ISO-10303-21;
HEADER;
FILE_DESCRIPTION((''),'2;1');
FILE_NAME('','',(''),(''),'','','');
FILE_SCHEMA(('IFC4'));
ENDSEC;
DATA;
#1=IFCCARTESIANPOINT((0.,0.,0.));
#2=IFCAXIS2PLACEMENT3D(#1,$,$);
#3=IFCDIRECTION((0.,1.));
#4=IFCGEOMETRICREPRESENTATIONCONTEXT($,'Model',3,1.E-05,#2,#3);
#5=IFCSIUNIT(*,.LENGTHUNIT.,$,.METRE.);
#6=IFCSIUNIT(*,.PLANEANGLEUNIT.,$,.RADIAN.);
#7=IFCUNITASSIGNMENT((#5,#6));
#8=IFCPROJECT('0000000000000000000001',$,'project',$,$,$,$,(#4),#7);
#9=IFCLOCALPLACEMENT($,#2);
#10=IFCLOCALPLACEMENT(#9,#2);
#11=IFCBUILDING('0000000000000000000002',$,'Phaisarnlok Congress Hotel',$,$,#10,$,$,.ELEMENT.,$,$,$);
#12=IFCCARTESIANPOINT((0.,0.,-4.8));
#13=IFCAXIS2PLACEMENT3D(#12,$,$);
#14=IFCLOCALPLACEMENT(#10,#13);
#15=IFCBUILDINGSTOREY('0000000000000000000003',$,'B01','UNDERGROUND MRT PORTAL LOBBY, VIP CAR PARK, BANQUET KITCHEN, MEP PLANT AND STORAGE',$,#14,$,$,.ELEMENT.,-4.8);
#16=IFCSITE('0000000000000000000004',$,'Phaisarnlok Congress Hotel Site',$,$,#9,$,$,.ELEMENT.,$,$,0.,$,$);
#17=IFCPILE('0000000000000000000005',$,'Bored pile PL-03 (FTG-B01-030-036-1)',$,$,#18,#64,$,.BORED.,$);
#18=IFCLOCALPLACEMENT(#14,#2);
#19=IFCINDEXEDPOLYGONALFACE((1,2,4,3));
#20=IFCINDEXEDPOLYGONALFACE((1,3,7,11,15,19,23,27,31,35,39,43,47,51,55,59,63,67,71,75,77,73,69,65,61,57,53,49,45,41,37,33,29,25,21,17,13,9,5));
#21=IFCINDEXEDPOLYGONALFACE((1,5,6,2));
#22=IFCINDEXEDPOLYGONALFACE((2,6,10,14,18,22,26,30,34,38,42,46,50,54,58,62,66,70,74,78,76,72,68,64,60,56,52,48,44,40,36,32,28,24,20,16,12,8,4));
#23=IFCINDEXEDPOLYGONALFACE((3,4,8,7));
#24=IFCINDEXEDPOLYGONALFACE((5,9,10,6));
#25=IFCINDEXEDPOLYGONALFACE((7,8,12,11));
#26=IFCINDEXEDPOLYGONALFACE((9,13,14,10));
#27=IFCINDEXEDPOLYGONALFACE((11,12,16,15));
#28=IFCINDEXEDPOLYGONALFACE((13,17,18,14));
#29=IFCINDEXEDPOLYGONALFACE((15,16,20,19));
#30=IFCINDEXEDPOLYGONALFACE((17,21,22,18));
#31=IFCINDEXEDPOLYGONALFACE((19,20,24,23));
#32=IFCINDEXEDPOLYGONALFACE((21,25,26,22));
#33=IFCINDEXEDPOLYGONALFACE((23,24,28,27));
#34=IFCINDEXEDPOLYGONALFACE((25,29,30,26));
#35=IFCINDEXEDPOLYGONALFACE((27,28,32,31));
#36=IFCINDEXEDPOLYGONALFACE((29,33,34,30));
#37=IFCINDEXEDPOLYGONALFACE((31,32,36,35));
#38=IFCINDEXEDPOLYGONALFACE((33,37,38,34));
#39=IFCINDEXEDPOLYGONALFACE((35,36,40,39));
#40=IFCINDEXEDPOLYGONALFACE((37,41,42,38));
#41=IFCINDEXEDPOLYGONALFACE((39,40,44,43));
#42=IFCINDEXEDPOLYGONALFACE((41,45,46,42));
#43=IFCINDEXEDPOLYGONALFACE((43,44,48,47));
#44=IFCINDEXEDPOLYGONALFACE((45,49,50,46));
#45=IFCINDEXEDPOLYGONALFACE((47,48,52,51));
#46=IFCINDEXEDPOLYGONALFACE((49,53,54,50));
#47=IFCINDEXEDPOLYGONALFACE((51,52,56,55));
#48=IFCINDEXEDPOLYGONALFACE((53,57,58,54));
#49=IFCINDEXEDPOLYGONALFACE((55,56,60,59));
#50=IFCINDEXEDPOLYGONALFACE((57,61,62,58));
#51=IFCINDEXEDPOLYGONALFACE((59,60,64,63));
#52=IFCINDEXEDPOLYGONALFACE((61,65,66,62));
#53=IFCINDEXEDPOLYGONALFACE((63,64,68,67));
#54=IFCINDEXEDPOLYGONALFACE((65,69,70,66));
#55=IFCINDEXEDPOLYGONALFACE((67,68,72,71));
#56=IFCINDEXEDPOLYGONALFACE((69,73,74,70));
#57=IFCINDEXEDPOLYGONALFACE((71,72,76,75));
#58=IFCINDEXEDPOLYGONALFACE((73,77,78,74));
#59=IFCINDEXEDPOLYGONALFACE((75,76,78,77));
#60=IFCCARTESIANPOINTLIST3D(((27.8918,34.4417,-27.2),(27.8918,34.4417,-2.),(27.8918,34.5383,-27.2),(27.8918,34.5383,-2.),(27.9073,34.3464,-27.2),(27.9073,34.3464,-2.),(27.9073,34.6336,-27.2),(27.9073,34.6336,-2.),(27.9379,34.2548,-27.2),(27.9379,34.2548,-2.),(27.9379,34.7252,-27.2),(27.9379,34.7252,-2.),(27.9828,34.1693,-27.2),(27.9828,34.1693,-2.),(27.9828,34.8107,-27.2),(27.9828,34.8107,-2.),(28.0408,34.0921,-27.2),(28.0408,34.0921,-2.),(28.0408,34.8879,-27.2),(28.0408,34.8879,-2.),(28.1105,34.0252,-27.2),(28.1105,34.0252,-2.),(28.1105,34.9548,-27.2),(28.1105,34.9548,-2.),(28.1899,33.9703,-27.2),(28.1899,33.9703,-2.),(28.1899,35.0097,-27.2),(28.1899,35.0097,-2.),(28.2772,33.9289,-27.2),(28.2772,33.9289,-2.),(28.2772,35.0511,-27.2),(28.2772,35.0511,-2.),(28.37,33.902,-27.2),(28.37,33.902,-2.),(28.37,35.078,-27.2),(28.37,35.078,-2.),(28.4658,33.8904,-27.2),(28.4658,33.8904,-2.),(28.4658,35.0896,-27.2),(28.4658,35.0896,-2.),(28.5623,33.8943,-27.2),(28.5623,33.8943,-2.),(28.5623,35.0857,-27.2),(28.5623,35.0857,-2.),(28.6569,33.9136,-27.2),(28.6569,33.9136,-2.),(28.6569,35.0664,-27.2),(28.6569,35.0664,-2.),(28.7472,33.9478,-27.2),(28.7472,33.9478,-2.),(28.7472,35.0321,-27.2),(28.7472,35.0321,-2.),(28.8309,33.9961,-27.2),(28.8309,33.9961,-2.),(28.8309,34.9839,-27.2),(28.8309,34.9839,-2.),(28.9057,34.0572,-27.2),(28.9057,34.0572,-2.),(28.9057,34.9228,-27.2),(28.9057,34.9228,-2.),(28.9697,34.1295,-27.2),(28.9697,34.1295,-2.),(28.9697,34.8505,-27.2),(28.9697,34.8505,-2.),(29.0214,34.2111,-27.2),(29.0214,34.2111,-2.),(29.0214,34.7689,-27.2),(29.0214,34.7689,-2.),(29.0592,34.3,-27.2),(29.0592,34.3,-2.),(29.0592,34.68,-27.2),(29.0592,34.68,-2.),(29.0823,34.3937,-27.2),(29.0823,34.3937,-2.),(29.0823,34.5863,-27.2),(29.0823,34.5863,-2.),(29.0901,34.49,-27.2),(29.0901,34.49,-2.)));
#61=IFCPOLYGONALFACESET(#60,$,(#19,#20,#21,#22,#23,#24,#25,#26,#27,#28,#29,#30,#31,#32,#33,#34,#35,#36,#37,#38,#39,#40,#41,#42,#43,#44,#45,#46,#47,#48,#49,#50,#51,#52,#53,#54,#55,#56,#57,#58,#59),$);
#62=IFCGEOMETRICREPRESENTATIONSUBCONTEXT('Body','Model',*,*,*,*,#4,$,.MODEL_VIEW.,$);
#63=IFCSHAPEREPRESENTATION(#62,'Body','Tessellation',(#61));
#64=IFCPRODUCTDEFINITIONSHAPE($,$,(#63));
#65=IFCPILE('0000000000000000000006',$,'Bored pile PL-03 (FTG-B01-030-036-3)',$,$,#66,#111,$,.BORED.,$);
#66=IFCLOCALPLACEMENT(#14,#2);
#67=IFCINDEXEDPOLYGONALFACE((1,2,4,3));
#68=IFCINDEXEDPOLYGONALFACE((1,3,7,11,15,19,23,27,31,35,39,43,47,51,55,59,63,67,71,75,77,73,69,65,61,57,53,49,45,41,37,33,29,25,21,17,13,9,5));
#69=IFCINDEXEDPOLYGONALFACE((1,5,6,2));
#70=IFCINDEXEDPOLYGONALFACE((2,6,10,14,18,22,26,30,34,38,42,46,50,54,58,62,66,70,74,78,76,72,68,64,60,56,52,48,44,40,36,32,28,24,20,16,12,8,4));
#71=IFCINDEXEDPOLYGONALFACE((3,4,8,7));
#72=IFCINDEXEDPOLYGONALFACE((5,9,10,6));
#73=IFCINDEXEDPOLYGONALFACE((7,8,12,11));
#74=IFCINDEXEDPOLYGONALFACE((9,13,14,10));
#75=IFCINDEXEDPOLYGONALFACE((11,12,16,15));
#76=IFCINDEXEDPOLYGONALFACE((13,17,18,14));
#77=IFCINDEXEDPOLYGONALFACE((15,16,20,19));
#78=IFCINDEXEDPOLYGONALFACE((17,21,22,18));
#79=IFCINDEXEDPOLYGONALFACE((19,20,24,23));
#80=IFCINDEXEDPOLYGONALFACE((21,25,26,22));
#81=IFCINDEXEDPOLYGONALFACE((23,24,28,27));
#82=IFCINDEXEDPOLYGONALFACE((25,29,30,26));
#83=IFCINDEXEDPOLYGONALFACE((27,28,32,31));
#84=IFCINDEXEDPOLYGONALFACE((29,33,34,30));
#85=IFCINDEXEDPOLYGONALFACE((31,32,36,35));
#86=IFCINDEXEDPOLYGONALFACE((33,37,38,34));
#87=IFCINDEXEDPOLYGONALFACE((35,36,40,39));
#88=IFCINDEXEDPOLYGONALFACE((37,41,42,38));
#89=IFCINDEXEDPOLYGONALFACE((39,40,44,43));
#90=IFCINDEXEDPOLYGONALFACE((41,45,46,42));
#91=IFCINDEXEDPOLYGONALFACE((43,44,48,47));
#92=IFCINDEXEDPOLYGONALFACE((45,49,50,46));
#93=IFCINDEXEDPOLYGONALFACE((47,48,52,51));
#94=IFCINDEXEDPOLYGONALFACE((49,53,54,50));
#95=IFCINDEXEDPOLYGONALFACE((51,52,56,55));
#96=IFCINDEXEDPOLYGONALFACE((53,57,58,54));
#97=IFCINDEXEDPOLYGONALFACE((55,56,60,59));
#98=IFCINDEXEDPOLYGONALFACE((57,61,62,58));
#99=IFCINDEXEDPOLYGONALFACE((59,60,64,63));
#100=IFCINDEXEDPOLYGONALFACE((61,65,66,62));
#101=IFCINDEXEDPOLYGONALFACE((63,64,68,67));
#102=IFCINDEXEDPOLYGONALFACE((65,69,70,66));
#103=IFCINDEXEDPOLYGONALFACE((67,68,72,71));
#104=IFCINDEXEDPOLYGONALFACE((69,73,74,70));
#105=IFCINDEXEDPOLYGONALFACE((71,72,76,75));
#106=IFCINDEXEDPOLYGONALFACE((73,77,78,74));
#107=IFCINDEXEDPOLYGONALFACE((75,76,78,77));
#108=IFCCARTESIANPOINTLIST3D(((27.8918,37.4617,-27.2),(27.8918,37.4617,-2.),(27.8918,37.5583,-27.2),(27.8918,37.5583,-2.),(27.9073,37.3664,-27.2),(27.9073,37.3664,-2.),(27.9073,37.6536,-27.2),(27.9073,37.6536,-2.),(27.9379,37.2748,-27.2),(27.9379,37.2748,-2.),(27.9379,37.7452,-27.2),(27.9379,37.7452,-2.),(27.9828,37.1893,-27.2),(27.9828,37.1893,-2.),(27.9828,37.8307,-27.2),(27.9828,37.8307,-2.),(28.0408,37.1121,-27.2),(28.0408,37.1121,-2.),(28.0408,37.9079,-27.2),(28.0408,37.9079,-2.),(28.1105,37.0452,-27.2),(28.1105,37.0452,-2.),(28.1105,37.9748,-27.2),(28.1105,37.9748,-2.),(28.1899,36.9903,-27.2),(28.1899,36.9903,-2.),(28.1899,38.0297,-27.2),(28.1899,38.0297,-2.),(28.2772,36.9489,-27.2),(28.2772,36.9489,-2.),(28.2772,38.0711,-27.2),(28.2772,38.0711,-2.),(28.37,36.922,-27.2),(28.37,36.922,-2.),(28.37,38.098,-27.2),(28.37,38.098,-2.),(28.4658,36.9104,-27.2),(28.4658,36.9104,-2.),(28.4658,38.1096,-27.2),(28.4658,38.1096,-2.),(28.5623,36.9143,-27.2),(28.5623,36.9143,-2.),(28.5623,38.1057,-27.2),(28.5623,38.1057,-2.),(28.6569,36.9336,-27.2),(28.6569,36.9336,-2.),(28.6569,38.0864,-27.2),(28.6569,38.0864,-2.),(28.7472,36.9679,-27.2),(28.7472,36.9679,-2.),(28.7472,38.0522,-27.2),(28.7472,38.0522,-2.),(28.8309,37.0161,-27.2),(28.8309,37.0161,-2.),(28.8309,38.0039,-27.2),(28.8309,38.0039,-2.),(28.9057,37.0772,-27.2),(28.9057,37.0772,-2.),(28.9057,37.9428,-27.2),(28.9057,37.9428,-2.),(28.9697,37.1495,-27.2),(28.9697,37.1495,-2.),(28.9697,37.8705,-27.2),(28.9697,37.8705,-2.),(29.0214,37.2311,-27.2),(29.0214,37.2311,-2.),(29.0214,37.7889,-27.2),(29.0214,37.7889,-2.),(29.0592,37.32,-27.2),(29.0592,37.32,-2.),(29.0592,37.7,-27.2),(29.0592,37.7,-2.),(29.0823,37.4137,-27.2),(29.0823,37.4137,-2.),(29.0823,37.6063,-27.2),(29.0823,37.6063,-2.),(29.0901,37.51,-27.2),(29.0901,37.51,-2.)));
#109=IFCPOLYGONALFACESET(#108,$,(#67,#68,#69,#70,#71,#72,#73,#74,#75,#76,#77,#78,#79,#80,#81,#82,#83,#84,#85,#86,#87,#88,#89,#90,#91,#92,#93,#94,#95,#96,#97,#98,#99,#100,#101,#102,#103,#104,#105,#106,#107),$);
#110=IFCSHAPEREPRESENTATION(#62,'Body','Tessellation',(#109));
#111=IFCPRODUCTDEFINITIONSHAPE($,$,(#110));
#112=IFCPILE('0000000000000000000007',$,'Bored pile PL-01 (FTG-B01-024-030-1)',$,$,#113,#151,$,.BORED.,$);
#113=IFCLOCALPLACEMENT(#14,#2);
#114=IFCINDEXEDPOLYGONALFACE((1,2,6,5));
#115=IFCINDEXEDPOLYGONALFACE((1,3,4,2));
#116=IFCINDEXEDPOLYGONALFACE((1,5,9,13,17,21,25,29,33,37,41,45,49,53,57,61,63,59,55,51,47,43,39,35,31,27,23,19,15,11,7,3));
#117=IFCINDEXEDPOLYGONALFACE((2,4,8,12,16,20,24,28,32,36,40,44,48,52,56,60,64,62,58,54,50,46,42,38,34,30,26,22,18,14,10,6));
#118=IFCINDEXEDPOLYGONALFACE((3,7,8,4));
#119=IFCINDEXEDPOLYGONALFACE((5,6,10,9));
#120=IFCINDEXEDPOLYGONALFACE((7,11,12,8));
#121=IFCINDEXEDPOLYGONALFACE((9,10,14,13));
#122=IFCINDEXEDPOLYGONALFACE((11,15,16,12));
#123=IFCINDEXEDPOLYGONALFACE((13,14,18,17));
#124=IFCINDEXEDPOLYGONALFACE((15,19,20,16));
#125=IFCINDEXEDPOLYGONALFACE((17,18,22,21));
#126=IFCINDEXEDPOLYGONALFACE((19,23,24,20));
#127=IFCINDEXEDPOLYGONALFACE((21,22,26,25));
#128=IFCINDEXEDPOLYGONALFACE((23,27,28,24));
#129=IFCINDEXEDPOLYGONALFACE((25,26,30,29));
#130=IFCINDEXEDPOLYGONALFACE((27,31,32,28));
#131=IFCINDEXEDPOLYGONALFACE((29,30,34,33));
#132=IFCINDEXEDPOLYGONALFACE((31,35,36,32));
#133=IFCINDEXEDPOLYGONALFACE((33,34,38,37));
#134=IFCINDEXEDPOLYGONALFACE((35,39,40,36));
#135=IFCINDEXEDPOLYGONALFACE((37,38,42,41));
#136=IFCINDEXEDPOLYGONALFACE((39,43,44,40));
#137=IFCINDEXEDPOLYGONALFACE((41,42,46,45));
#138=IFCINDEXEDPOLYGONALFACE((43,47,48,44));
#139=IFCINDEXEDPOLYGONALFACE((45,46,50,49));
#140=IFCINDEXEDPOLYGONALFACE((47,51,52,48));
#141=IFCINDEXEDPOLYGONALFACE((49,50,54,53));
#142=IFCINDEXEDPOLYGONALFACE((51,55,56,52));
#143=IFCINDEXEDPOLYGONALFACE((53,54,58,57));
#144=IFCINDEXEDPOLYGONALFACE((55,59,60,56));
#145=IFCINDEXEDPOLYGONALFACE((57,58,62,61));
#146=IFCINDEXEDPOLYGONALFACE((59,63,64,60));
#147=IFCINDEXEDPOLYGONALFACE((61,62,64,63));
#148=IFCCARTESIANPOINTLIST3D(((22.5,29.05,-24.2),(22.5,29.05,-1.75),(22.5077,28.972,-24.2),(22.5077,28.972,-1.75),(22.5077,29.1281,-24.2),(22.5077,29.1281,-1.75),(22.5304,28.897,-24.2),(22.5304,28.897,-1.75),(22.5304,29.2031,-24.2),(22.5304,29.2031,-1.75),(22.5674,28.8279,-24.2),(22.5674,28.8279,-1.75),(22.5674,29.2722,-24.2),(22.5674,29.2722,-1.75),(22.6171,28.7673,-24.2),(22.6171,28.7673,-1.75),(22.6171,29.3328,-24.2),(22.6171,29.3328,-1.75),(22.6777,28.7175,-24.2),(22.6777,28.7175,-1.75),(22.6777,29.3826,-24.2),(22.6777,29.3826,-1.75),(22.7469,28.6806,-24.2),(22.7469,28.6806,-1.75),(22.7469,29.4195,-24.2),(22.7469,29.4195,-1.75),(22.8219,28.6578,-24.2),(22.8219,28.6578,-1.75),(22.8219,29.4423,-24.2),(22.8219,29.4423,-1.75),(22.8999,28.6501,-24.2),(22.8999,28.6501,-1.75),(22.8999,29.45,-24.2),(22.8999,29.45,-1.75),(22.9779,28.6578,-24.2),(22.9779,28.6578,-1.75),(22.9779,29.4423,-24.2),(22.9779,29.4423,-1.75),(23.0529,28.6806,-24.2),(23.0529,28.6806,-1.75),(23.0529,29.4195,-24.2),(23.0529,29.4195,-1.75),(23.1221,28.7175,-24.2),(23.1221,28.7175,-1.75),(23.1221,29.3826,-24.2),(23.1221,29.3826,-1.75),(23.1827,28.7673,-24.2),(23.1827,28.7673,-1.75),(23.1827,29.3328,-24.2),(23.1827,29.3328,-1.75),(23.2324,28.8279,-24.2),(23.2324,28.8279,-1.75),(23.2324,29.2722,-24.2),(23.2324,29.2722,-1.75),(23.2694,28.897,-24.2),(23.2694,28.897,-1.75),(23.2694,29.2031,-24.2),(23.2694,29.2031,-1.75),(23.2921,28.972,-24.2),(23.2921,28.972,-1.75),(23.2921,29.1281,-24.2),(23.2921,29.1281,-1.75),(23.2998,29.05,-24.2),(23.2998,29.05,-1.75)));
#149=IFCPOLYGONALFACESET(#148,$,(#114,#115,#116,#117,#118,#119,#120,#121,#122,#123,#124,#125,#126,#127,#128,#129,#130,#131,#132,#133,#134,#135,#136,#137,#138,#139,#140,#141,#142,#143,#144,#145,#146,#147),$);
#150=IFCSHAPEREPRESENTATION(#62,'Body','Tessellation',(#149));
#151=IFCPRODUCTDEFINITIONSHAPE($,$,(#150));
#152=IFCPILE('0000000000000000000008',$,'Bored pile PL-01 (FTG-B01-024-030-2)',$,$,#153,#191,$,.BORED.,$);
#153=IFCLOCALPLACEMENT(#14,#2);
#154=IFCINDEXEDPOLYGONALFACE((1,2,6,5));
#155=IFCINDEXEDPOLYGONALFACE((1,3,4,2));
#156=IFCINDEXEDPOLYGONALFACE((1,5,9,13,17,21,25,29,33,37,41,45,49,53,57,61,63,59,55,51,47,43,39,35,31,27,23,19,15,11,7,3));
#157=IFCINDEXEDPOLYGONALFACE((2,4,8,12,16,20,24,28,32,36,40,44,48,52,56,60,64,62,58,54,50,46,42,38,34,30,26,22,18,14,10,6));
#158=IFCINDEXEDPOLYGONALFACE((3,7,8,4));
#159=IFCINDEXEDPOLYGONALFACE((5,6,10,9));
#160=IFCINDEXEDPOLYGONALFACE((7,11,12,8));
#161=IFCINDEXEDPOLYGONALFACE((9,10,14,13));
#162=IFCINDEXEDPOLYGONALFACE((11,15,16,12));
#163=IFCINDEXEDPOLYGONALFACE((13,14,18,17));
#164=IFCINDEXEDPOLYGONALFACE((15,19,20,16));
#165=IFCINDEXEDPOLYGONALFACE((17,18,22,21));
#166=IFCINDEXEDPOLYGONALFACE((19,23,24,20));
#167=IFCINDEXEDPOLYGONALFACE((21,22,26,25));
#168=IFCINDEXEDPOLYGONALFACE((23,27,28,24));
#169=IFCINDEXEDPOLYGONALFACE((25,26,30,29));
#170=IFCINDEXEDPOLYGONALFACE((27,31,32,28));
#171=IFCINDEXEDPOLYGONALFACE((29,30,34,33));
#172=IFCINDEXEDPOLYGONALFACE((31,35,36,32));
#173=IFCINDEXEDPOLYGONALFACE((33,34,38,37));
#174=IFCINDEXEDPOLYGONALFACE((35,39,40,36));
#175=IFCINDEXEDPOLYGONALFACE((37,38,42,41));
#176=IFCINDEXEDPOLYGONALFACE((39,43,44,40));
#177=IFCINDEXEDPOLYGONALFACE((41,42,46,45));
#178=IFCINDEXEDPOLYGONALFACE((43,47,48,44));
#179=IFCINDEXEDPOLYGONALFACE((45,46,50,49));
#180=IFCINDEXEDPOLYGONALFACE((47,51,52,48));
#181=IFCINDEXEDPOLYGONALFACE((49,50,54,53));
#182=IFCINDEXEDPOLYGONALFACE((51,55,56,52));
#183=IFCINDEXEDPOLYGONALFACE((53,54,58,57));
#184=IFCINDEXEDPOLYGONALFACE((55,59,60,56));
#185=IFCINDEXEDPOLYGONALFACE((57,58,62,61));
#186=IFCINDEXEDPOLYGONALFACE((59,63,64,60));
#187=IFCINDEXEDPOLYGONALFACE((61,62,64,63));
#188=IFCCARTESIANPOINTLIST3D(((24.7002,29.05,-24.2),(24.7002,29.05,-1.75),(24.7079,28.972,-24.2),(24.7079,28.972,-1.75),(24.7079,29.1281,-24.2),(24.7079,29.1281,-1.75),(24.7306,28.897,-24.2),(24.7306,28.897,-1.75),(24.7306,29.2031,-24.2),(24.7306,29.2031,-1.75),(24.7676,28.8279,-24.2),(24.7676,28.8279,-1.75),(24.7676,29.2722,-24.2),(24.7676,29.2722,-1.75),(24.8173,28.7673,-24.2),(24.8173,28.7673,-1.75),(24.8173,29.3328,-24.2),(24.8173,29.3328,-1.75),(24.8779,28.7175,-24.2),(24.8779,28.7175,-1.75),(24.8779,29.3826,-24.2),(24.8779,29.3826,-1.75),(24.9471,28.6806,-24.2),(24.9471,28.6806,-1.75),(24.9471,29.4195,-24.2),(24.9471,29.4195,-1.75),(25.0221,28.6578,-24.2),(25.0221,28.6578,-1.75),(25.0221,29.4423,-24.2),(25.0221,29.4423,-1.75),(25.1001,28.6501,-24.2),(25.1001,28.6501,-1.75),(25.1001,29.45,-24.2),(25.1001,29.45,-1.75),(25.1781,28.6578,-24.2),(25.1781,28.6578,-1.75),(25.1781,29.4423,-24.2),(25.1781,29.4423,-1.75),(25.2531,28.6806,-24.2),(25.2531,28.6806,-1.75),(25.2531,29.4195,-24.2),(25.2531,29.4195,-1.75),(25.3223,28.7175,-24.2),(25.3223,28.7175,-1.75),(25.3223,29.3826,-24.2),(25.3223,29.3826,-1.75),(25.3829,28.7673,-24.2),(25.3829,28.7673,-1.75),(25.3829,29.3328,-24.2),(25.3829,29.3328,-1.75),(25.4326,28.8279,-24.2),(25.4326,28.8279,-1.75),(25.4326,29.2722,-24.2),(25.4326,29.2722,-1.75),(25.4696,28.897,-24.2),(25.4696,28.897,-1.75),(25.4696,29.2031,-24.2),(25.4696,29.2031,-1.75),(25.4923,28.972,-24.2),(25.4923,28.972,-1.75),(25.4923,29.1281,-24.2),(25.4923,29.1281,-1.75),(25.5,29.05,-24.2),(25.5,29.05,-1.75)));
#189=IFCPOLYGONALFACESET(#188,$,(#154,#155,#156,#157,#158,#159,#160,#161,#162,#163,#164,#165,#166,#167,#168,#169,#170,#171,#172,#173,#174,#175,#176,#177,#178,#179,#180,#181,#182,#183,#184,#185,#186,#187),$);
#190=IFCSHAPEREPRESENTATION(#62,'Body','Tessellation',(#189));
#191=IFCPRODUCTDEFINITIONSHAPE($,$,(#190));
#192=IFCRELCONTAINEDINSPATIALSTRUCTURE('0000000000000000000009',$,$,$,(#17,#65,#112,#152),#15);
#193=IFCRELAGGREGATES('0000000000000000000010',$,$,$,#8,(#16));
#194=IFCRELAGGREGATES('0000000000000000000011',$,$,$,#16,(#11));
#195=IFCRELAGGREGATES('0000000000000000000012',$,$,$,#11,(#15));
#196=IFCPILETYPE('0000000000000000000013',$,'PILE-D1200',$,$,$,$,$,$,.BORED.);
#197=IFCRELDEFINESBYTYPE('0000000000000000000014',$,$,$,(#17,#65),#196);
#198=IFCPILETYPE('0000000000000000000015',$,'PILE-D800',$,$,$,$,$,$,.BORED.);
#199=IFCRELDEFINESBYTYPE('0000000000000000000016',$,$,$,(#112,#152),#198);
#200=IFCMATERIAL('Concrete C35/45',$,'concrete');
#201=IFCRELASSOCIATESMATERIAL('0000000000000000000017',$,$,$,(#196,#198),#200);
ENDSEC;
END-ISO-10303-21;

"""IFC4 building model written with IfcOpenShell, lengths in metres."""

from ifc_helpers import new_model, si_unit, direction, frame, origin, origin_2d, place, context, subcontext, project, spatial, circle, extrude, material, material_profile, profile_set, type_object, element, save


model = new_model("IFC4")

# Units and contexts
model_context = context("Model", 3, precision=1e-05, world=origin(), true_north=direction((0.0, 1.0)))
body_context = subcontext(model_context, "Body", "Model", "MODEL_VIEW")
ifc_project = project(units=[si_unit("LENGTHUNIT", "METRE"), si_unit("PLANEANGLEUNIT", "RADIAN")], contexts=[model_context])

# Site, building, storey
site_placement = place(None, origin())
site = spatial("IfcSite", under=ifc_project, at=site_placement, Name="Phaisarnlok Congress Hotel Site", CompositionType="ELEMENT", RefElevation=0.0)
building_placement = place(site_placement, origin())
building = spatial("IfcBuilding", under=site, at=building_placement, Name="Phaisarnlok Congress Hotel", CompositionType="ELEMENT")
storey_placement = place(building_placement, frame((0.0, 0.0, -4.8)))
storey = spatial("IfcBuildingStorey", under=building, at=storey_placement, Name="B01", Description="UNDERGROUND MRT PORTAL LOBBY, VIP CAR PARK, BANQUET KITCHEN, MEP PLANT AND STORAGE", CompositionType="ELEMENT", Elevation=-4.8)

# Piles
ifc_material_1 = material(Name="Concrete C35/45", Category="concrete")
ifc_material_profile_1 = material_profile(ifc_material_1, circle(Radius=0.6001, at=origin_2d()), Name="BORED PILE D1200")
ifc_profile_set_1 = profile_set([ifc_material_profile_1], Name="Concrete C35/45")
pile_type_1 = type_object("IfcPileType", Name="PILE-D1200", PredefinedType="BORED", material=ifc_profile_set_1)
for number, where, z_axis, x_axis, name in (
    (1, (28.49, 34.49, -2.0), (0.0, 0.0, -1.0), (1.0, 0.0, 0.0), "Bored pile PL-03 (FTG-B01-030-036-1)"),
    (2, (28.49, 37.51, -2.0), (0.0, 0.0, -1.0), (1.0, 0.0, 0.0), "Bored pile PL-03 (FTG-B01-030-036-3)"),
):
    element("IfcPile", number, at=place(storey_placement, frame(where, z_axis=z_axis, x_axis=x_axis)), inside=storey, type_object=pile_type_1, Name=name, PredefinedType="BORED", context=body_context, shape_type="SweptSolid", body=[
        extrude(circle(Radius=0.6001, at=origin_2d()), origin(), (0.0, 0.0, 1.0), 25.2),
    ])
ifc_material_profile_2 = material_profile(ifc_material_1, circle(Radius=0.3999, at=origin_2d()), Name="BORED PILE D800")
ifc_profile_set_2 = profile_set([ifc_material_profile_2], Name="Concrete C35/45")
pile_type_2 = type_object("IfcPileType", Name="PILE-D800", PredefinedType="BORED", material=ifc_profile_set_2)
for number, where, z_axis, x_axis, name in (
    (3, (22.8999, 29.05, -1.75), (0.0, 0.0, -1.0), (1.0, 0.0, 0.0), "Bored pile PL-01 (FTG-B01-024-030-1)"),
    (4, (25.1001, 29.05, -1.75), (0.0, 0.0, -1.0), (1.0, 0.0, 0.0), "Bored pile PL-01 (FTG-B01-024-030-2)"),
):
    element("IfcPile", number, at=place(storey_placement, frame(where, z_axis=z_axis, x_axis=x_axis)), inside=storey, type_object=pile_type_2, Name=name, PredefinedType="BORED", context=body_context, shape_type="SweptSolid", body=[
        extrude(circle(Radius=0.3999, at=origin_2d()), origin(), (0.0, 0.0, 1.0), 22.45),
    ])

save(model, "model.ifc")
